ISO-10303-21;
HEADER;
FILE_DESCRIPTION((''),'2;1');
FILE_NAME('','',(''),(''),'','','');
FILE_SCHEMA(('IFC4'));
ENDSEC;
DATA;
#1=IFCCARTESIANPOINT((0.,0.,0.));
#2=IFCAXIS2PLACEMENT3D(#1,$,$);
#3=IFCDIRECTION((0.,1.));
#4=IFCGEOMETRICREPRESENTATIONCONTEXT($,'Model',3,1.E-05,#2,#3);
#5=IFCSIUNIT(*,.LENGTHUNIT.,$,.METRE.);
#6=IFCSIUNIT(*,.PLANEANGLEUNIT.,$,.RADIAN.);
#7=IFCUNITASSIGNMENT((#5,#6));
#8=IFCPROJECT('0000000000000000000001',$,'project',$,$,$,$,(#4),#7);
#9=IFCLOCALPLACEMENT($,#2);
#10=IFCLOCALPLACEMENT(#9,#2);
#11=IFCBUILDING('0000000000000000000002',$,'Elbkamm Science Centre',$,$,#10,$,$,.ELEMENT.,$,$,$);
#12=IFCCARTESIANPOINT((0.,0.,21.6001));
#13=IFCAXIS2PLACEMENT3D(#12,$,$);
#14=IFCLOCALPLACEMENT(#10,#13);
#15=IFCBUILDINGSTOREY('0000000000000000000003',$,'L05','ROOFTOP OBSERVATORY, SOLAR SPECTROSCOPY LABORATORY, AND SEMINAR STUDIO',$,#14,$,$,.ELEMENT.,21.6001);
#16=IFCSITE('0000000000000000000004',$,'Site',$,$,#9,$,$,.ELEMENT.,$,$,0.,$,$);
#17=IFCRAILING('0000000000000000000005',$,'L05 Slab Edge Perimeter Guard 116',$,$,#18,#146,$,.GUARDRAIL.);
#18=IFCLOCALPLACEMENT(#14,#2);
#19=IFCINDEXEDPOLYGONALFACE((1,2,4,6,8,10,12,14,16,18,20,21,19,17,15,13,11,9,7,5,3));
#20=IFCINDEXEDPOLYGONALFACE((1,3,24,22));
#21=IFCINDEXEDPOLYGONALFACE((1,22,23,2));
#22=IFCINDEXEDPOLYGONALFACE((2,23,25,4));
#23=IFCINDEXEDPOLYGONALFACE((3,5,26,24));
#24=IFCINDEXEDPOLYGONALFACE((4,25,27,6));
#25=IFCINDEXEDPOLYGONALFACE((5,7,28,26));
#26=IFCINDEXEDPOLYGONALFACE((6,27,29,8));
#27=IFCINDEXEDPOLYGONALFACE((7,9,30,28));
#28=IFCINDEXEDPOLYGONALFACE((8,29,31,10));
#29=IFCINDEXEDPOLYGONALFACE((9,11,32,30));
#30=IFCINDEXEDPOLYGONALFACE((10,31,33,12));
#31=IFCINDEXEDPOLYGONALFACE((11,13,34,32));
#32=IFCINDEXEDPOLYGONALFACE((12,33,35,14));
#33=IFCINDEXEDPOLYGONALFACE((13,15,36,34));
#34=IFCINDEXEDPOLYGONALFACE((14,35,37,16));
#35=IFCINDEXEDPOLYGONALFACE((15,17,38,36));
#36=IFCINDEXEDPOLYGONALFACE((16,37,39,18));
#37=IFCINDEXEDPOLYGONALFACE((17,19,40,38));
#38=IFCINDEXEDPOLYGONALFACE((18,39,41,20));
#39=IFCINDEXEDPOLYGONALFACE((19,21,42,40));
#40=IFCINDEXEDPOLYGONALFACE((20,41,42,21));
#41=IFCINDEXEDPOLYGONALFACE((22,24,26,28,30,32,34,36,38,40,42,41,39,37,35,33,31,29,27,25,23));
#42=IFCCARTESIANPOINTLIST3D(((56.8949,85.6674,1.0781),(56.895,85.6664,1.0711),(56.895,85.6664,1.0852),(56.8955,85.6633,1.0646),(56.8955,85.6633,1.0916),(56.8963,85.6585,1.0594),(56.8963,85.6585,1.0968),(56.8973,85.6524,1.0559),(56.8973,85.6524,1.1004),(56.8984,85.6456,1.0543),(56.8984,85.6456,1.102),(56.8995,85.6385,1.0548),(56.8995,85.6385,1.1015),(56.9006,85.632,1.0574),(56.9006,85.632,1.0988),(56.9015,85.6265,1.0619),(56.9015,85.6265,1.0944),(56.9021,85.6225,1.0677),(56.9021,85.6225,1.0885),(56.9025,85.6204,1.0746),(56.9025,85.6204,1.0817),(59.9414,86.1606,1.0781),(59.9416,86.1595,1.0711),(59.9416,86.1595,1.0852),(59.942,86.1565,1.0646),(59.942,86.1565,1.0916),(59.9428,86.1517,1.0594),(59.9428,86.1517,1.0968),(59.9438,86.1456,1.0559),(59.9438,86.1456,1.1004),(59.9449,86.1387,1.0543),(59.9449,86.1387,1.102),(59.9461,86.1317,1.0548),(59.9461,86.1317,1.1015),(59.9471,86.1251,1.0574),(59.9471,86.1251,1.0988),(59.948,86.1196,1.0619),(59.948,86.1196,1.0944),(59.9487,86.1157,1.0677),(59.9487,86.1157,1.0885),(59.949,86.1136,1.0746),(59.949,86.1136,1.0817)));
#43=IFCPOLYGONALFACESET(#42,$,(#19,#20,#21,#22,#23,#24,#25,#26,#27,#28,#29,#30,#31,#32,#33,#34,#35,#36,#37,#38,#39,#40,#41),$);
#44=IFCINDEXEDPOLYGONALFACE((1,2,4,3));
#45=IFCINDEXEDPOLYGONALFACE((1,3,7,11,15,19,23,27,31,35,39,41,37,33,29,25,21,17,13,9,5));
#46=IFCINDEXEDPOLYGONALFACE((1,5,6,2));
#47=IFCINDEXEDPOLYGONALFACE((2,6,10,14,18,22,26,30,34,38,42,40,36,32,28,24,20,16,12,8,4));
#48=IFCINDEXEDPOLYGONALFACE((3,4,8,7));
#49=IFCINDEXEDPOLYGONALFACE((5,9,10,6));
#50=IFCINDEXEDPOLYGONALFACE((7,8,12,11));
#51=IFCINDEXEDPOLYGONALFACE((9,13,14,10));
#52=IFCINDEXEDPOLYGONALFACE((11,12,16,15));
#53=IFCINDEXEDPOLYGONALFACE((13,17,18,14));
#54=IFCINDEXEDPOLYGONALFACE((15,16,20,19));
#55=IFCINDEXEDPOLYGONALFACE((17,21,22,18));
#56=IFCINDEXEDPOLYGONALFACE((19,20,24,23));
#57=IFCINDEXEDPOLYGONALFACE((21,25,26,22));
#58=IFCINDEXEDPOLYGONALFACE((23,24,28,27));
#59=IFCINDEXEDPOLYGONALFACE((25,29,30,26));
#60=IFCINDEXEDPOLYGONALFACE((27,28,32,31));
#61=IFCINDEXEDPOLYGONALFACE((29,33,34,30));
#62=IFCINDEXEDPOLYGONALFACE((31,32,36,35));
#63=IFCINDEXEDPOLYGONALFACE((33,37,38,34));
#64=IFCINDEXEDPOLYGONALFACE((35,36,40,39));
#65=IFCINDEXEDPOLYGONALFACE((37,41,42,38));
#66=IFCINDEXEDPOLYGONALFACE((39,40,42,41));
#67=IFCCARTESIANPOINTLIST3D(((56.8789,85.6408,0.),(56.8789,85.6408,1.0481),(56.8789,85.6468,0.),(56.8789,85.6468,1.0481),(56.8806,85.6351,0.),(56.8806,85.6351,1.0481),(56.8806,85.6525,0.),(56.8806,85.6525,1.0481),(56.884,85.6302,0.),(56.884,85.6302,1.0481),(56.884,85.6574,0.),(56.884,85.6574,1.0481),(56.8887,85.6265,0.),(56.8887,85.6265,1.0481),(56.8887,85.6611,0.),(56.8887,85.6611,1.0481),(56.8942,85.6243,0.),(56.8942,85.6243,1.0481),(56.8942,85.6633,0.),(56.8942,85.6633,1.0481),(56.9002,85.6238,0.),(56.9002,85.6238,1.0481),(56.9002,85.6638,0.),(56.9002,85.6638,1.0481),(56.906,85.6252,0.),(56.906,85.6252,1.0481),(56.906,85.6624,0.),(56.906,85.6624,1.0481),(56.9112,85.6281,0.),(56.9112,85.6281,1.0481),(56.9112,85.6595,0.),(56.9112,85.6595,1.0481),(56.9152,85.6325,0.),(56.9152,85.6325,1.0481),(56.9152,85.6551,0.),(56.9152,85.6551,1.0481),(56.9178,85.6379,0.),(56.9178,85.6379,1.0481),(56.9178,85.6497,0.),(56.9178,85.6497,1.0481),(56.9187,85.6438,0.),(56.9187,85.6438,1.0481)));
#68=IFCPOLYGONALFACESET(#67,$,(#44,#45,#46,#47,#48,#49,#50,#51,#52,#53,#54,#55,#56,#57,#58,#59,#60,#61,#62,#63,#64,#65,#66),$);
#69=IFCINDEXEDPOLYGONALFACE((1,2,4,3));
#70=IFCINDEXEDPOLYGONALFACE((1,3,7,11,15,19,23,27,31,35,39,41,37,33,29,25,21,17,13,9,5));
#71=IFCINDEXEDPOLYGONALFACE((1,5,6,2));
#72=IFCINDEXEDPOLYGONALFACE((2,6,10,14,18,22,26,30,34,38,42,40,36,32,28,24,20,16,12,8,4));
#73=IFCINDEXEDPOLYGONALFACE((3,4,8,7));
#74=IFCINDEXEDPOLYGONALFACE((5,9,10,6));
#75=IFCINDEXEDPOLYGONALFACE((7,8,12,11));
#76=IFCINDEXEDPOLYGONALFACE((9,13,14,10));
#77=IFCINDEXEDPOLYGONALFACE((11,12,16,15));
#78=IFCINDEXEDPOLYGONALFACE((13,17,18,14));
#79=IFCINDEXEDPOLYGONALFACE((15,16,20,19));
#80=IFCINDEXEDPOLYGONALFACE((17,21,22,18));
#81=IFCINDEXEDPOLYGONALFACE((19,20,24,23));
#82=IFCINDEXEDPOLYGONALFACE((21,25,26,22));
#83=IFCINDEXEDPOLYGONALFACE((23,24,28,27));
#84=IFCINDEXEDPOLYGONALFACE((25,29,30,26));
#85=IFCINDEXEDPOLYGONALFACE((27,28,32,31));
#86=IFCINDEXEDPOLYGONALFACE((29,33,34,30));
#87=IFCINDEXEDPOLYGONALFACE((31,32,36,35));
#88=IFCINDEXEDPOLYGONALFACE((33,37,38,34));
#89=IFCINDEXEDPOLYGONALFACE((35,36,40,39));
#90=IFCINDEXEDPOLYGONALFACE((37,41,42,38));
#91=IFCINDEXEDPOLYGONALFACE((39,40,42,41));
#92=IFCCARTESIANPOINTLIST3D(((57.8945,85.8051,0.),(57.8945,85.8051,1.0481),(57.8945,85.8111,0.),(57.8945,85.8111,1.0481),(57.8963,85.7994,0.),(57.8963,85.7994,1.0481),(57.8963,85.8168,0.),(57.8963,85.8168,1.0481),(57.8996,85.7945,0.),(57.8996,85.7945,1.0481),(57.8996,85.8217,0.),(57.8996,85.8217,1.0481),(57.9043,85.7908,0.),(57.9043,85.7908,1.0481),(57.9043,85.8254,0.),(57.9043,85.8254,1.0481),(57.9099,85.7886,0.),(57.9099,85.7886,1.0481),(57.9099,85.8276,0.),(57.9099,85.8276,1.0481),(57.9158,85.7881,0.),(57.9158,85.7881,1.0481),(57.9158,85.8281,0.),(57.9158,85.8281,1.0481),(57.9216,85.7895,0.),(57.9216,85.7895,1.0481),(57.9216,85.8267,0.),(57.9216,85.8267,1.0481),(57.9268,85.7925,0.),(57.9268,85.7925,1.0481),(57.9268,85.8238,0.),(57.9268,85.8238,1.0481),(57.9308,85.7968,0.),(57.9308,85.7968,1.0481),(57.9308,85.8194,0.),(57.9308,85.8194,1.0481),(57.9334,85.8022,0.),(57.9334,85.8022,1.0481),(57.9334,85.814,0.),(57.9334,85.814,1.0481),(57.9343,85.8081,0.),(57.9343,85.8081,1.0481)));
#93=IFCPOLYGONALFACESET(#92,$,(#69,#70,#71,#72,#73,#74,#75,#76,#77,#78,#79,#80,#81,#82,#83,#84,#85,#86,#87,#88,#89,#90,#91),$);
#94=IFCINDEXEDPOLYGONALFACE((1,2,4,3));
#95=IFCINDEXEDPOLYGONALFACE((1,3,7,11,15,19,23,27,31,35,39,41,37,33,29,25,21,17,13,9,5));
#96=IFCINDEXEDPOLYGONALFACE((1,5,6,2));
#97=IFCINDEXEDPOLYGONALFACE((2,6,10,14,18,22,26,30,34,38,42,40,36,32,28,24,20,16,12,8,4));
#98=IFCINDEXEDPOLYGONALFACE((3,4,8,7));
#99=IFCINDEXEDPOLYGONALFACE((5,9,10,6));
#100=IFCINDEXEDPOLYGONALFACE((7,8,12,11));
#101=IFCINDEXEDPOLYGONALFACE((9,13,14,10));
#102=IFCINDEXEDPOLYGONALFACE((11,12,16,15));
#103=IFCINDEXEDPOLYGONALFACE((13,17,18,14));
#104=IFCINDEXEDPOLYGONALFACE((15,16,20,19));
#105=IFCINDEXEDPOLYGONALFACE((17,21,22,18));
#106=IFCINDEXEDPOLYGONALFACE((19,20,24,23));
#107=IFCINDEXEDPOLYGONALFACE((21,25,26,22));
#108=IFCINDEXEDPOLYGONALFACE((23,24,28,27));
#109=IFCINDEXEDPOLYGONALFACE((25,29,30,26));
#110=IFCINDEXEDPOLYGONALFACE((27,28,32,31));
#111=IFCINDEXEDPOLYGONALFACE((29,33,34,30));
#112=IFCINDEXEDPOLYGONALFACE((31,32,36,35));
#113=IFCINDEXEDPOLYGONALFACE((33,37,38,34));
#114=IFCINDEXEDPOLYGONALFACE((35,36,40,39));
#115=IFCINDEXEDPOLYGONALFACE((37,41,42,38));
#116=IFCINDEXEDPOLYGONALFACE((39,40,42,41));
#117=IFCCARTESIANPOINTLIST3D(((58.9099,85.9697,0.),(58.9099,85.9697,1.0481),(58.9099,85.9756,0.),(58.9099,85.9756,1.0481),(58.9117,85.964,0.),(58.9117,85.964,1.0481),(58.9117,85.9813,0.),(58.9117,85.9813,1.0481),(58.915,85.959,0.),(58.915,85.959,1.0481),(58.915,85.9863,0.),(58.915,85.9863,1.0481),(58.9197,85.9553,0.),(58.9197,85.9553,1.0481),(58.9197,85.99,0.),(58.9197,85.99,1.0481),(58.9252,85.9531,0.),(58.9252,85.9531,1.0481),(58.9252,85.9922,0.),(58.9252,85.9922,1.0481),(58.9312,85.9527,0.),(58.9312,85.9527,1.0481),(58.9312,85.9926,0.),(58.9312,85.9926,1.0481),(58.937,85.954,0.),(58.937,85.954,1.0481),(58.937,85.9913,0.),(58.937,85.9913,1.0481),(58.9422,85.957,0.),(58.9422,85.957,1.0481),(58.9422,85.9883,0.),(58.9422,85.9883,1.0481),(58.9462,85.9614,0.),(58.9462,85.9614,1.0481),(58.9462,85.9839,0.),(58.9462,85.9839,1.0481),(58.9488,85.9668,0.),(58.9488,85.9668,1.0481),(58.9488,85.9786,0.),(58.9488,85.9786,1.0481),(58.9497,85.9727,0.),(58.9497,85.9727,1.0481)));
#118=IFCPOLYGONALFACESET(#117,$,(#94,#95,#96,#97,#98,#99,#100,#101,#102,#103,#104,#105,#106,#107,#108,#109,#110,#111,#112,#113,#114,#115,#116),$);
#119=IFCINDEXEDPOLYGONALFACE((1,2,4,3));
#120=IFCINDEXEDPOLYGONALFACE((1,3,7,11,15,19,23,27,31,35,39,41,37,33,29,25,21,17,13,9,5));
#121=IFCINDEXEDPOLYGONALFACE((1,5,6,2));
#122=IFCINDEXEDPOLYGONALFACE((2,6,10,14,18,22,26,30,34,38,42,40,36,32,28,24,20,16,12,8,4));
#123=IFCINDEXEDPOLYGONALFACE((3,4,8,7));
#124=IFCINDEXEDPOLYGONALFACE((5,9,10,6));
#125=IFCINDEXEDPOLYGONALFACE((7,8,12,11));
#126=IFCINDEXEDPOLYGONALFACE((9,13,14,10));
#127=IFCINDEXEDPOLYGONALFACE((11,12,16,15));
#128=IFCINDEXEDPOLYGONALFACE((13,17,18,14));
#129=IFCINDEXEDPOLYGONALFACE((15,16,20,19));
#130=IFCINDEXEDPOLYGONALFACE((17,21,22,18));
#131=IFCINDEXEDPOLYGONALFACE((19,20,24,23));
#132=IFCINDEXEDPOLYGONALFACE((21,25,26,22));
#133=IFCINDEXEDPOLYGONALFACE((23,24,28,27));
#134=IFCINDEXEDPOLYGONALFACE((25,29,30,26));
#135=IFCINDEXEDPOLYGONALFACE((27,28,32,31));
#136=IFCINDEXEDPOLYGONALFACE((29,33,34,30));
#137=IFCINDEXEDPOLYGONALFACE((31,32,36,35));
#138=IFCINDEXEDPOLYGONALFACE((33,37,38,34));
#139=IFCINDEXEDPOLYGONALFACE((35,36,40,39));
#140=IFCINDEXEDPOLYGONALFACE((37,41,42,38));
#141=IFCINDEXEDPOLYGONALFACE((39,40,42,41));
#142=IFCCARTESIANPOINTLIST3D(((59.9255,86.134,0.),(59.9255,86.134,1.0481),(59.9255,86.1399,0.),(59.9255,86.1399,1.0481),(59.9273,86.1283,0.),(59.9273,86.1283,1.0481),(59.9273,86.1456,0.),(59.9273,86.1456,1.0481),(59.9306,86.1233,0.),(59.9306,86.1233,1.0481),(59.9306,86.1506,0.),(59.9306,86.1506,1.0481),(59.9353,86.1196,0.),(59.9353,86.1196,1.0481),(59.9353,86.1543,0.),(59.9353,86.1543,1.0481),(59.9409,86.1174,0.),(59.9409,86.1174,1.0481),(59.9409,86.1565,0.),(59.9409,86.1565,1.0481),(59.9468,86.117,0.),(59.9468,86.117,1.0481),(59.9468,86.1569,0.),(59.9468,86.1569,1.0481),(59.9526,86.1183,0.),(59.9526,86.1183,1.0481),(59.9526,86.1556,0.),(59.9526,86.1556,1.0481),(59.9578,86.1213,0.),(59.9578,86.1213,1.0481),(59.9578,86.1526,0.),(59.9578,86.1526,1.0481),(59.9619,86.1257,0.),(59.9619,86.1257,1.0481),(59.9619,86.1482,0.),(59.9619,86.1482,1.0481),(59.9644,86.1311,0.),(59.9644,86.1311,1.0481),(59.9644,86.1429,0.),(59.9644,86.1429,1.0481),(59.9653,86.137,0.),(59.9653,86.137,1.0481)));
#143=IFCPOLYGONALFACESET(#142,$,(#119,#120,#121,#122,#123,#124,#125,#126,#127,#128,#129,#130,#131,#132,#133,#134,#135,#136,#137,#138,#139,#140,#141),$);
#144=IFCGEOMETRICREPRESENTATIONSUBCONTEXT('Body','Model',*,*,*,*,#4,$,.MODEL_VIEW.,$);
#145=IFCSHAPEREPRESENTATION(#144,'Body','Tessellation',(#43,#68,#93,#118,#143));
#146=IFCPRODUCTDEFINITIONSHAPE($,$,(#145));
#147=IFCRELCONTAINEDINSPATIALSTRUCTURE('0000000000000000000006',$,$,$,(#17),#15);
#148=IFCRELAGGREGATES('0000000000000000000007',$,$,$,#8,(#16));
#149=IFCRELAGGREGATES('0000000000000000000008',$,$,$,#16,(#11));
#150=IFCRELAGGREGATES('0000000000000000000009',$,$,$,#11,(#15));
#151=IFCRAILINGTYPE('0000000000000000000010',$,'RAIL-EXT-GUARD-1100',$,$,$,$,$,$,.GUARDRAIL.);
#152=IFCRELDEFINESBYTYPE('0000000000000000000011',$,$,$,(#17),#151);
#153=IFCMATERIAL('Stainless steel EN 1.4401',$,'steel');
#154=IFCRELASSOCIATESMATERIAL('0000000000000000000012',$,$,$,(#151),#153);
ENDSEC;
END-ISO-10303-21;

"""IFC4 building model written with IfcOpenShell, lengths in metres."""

from ifc_helpers import new_model, si_unit, direction, frame, origin, origin_2d, place, context, subcontext, project, spatial, circle, extrude, material, type_object, element, save


model = new_model("IFC4")

# Units and contexts
model_context = context("Model", 3, precision=1e-05, world=origin(), true_north=direction((0.0, 1.0)))
body_context = subcontext(model_context, "Body", "Model", "MODEL_VIEW")
ifc_project = project(units=[si_unit("LENGTHUNIT", "METRE"), si_unit("PLANEANGLEUNIT", "RADIAN")], contexts=[model_context])

# Site, building, storey
site_placement = place(None, origin())
site = spatial("IfcSite", under=ifc_project, at=site_placement, Name="Site", CompositionType="ELEMENT", RefElevation=0.0)
building_placement = place(site_placement, origin())
building = spatial("IfcBuilding", under=site, at=building_placement, Name="Elbkamm Science Centre", CompositionType="ELEMENT")
storey_placement = place(building_placement, frame((0.0, 0.0, 21.6001)))
storey = spatial("IfcBuildingStorey", under=building, at=storey_placement, Name="L05", Description="ROOFTOP OBSERVATORY, SOLAR SPECTROSCOPY LABORATORY, AND SEMINAR STUDIO", CompositionType="ELEMENT", Elevation=21.6001)

# Railing
ifc_material_1 = material(Name="Stainless steel EN 1.4401", Category="steel")
railing_type = type_object("IfcRailingType", Name="RAIL-EXT-GUARD-1100", PredefinedType="GUARDRAIL", material=ifc_material_1)
railing_1_placement = place(storey_placement, frame((56.8987, 85.6438, 0.0)))
element("IfcRailing", 1, at=railing_1_placement, inside=storey, type_object=railing_type, Name="L05 Slab Edge Perimeter Guard 116", PredefinedType="GUARDRAIL", context=body_context, shape_type="SweptSolid", body=[
    extrude(circle(Radius=0.0239, at=origin_2d()), frame((0.0, 0.0, 1.0781), z_axis=(0.987151, 0.159792, 0.0), x_axis=(-0.159792, 0.987151, 0.0)), (0.0, 0.0, 1.0), 3.0862),
    extrude(circle(Radius=0.02, at=origin_2d()), origin(), (0.0, 0.0, 1.0), 1.0481),
    extrude(circle(Radius=0.02, at=origin_2d()), frame((1.0156, 0.1643, 0.0)), (0.0, 0.0, 1.0), 1.0481),
    extrude(circle(Radius=0.02, at=origin_2d()), frame((2.031, 0.3289, 0.0)), (0.0, 0.0, 1.0), 1.0481),
    extrude(circle(Radius=0.02, at=origin_2d()), frame((3.0466, 0.4932, 0.0)), (0.0, 0.0, 1.0), 1.0481),
])

save(model, "model.ifc")
